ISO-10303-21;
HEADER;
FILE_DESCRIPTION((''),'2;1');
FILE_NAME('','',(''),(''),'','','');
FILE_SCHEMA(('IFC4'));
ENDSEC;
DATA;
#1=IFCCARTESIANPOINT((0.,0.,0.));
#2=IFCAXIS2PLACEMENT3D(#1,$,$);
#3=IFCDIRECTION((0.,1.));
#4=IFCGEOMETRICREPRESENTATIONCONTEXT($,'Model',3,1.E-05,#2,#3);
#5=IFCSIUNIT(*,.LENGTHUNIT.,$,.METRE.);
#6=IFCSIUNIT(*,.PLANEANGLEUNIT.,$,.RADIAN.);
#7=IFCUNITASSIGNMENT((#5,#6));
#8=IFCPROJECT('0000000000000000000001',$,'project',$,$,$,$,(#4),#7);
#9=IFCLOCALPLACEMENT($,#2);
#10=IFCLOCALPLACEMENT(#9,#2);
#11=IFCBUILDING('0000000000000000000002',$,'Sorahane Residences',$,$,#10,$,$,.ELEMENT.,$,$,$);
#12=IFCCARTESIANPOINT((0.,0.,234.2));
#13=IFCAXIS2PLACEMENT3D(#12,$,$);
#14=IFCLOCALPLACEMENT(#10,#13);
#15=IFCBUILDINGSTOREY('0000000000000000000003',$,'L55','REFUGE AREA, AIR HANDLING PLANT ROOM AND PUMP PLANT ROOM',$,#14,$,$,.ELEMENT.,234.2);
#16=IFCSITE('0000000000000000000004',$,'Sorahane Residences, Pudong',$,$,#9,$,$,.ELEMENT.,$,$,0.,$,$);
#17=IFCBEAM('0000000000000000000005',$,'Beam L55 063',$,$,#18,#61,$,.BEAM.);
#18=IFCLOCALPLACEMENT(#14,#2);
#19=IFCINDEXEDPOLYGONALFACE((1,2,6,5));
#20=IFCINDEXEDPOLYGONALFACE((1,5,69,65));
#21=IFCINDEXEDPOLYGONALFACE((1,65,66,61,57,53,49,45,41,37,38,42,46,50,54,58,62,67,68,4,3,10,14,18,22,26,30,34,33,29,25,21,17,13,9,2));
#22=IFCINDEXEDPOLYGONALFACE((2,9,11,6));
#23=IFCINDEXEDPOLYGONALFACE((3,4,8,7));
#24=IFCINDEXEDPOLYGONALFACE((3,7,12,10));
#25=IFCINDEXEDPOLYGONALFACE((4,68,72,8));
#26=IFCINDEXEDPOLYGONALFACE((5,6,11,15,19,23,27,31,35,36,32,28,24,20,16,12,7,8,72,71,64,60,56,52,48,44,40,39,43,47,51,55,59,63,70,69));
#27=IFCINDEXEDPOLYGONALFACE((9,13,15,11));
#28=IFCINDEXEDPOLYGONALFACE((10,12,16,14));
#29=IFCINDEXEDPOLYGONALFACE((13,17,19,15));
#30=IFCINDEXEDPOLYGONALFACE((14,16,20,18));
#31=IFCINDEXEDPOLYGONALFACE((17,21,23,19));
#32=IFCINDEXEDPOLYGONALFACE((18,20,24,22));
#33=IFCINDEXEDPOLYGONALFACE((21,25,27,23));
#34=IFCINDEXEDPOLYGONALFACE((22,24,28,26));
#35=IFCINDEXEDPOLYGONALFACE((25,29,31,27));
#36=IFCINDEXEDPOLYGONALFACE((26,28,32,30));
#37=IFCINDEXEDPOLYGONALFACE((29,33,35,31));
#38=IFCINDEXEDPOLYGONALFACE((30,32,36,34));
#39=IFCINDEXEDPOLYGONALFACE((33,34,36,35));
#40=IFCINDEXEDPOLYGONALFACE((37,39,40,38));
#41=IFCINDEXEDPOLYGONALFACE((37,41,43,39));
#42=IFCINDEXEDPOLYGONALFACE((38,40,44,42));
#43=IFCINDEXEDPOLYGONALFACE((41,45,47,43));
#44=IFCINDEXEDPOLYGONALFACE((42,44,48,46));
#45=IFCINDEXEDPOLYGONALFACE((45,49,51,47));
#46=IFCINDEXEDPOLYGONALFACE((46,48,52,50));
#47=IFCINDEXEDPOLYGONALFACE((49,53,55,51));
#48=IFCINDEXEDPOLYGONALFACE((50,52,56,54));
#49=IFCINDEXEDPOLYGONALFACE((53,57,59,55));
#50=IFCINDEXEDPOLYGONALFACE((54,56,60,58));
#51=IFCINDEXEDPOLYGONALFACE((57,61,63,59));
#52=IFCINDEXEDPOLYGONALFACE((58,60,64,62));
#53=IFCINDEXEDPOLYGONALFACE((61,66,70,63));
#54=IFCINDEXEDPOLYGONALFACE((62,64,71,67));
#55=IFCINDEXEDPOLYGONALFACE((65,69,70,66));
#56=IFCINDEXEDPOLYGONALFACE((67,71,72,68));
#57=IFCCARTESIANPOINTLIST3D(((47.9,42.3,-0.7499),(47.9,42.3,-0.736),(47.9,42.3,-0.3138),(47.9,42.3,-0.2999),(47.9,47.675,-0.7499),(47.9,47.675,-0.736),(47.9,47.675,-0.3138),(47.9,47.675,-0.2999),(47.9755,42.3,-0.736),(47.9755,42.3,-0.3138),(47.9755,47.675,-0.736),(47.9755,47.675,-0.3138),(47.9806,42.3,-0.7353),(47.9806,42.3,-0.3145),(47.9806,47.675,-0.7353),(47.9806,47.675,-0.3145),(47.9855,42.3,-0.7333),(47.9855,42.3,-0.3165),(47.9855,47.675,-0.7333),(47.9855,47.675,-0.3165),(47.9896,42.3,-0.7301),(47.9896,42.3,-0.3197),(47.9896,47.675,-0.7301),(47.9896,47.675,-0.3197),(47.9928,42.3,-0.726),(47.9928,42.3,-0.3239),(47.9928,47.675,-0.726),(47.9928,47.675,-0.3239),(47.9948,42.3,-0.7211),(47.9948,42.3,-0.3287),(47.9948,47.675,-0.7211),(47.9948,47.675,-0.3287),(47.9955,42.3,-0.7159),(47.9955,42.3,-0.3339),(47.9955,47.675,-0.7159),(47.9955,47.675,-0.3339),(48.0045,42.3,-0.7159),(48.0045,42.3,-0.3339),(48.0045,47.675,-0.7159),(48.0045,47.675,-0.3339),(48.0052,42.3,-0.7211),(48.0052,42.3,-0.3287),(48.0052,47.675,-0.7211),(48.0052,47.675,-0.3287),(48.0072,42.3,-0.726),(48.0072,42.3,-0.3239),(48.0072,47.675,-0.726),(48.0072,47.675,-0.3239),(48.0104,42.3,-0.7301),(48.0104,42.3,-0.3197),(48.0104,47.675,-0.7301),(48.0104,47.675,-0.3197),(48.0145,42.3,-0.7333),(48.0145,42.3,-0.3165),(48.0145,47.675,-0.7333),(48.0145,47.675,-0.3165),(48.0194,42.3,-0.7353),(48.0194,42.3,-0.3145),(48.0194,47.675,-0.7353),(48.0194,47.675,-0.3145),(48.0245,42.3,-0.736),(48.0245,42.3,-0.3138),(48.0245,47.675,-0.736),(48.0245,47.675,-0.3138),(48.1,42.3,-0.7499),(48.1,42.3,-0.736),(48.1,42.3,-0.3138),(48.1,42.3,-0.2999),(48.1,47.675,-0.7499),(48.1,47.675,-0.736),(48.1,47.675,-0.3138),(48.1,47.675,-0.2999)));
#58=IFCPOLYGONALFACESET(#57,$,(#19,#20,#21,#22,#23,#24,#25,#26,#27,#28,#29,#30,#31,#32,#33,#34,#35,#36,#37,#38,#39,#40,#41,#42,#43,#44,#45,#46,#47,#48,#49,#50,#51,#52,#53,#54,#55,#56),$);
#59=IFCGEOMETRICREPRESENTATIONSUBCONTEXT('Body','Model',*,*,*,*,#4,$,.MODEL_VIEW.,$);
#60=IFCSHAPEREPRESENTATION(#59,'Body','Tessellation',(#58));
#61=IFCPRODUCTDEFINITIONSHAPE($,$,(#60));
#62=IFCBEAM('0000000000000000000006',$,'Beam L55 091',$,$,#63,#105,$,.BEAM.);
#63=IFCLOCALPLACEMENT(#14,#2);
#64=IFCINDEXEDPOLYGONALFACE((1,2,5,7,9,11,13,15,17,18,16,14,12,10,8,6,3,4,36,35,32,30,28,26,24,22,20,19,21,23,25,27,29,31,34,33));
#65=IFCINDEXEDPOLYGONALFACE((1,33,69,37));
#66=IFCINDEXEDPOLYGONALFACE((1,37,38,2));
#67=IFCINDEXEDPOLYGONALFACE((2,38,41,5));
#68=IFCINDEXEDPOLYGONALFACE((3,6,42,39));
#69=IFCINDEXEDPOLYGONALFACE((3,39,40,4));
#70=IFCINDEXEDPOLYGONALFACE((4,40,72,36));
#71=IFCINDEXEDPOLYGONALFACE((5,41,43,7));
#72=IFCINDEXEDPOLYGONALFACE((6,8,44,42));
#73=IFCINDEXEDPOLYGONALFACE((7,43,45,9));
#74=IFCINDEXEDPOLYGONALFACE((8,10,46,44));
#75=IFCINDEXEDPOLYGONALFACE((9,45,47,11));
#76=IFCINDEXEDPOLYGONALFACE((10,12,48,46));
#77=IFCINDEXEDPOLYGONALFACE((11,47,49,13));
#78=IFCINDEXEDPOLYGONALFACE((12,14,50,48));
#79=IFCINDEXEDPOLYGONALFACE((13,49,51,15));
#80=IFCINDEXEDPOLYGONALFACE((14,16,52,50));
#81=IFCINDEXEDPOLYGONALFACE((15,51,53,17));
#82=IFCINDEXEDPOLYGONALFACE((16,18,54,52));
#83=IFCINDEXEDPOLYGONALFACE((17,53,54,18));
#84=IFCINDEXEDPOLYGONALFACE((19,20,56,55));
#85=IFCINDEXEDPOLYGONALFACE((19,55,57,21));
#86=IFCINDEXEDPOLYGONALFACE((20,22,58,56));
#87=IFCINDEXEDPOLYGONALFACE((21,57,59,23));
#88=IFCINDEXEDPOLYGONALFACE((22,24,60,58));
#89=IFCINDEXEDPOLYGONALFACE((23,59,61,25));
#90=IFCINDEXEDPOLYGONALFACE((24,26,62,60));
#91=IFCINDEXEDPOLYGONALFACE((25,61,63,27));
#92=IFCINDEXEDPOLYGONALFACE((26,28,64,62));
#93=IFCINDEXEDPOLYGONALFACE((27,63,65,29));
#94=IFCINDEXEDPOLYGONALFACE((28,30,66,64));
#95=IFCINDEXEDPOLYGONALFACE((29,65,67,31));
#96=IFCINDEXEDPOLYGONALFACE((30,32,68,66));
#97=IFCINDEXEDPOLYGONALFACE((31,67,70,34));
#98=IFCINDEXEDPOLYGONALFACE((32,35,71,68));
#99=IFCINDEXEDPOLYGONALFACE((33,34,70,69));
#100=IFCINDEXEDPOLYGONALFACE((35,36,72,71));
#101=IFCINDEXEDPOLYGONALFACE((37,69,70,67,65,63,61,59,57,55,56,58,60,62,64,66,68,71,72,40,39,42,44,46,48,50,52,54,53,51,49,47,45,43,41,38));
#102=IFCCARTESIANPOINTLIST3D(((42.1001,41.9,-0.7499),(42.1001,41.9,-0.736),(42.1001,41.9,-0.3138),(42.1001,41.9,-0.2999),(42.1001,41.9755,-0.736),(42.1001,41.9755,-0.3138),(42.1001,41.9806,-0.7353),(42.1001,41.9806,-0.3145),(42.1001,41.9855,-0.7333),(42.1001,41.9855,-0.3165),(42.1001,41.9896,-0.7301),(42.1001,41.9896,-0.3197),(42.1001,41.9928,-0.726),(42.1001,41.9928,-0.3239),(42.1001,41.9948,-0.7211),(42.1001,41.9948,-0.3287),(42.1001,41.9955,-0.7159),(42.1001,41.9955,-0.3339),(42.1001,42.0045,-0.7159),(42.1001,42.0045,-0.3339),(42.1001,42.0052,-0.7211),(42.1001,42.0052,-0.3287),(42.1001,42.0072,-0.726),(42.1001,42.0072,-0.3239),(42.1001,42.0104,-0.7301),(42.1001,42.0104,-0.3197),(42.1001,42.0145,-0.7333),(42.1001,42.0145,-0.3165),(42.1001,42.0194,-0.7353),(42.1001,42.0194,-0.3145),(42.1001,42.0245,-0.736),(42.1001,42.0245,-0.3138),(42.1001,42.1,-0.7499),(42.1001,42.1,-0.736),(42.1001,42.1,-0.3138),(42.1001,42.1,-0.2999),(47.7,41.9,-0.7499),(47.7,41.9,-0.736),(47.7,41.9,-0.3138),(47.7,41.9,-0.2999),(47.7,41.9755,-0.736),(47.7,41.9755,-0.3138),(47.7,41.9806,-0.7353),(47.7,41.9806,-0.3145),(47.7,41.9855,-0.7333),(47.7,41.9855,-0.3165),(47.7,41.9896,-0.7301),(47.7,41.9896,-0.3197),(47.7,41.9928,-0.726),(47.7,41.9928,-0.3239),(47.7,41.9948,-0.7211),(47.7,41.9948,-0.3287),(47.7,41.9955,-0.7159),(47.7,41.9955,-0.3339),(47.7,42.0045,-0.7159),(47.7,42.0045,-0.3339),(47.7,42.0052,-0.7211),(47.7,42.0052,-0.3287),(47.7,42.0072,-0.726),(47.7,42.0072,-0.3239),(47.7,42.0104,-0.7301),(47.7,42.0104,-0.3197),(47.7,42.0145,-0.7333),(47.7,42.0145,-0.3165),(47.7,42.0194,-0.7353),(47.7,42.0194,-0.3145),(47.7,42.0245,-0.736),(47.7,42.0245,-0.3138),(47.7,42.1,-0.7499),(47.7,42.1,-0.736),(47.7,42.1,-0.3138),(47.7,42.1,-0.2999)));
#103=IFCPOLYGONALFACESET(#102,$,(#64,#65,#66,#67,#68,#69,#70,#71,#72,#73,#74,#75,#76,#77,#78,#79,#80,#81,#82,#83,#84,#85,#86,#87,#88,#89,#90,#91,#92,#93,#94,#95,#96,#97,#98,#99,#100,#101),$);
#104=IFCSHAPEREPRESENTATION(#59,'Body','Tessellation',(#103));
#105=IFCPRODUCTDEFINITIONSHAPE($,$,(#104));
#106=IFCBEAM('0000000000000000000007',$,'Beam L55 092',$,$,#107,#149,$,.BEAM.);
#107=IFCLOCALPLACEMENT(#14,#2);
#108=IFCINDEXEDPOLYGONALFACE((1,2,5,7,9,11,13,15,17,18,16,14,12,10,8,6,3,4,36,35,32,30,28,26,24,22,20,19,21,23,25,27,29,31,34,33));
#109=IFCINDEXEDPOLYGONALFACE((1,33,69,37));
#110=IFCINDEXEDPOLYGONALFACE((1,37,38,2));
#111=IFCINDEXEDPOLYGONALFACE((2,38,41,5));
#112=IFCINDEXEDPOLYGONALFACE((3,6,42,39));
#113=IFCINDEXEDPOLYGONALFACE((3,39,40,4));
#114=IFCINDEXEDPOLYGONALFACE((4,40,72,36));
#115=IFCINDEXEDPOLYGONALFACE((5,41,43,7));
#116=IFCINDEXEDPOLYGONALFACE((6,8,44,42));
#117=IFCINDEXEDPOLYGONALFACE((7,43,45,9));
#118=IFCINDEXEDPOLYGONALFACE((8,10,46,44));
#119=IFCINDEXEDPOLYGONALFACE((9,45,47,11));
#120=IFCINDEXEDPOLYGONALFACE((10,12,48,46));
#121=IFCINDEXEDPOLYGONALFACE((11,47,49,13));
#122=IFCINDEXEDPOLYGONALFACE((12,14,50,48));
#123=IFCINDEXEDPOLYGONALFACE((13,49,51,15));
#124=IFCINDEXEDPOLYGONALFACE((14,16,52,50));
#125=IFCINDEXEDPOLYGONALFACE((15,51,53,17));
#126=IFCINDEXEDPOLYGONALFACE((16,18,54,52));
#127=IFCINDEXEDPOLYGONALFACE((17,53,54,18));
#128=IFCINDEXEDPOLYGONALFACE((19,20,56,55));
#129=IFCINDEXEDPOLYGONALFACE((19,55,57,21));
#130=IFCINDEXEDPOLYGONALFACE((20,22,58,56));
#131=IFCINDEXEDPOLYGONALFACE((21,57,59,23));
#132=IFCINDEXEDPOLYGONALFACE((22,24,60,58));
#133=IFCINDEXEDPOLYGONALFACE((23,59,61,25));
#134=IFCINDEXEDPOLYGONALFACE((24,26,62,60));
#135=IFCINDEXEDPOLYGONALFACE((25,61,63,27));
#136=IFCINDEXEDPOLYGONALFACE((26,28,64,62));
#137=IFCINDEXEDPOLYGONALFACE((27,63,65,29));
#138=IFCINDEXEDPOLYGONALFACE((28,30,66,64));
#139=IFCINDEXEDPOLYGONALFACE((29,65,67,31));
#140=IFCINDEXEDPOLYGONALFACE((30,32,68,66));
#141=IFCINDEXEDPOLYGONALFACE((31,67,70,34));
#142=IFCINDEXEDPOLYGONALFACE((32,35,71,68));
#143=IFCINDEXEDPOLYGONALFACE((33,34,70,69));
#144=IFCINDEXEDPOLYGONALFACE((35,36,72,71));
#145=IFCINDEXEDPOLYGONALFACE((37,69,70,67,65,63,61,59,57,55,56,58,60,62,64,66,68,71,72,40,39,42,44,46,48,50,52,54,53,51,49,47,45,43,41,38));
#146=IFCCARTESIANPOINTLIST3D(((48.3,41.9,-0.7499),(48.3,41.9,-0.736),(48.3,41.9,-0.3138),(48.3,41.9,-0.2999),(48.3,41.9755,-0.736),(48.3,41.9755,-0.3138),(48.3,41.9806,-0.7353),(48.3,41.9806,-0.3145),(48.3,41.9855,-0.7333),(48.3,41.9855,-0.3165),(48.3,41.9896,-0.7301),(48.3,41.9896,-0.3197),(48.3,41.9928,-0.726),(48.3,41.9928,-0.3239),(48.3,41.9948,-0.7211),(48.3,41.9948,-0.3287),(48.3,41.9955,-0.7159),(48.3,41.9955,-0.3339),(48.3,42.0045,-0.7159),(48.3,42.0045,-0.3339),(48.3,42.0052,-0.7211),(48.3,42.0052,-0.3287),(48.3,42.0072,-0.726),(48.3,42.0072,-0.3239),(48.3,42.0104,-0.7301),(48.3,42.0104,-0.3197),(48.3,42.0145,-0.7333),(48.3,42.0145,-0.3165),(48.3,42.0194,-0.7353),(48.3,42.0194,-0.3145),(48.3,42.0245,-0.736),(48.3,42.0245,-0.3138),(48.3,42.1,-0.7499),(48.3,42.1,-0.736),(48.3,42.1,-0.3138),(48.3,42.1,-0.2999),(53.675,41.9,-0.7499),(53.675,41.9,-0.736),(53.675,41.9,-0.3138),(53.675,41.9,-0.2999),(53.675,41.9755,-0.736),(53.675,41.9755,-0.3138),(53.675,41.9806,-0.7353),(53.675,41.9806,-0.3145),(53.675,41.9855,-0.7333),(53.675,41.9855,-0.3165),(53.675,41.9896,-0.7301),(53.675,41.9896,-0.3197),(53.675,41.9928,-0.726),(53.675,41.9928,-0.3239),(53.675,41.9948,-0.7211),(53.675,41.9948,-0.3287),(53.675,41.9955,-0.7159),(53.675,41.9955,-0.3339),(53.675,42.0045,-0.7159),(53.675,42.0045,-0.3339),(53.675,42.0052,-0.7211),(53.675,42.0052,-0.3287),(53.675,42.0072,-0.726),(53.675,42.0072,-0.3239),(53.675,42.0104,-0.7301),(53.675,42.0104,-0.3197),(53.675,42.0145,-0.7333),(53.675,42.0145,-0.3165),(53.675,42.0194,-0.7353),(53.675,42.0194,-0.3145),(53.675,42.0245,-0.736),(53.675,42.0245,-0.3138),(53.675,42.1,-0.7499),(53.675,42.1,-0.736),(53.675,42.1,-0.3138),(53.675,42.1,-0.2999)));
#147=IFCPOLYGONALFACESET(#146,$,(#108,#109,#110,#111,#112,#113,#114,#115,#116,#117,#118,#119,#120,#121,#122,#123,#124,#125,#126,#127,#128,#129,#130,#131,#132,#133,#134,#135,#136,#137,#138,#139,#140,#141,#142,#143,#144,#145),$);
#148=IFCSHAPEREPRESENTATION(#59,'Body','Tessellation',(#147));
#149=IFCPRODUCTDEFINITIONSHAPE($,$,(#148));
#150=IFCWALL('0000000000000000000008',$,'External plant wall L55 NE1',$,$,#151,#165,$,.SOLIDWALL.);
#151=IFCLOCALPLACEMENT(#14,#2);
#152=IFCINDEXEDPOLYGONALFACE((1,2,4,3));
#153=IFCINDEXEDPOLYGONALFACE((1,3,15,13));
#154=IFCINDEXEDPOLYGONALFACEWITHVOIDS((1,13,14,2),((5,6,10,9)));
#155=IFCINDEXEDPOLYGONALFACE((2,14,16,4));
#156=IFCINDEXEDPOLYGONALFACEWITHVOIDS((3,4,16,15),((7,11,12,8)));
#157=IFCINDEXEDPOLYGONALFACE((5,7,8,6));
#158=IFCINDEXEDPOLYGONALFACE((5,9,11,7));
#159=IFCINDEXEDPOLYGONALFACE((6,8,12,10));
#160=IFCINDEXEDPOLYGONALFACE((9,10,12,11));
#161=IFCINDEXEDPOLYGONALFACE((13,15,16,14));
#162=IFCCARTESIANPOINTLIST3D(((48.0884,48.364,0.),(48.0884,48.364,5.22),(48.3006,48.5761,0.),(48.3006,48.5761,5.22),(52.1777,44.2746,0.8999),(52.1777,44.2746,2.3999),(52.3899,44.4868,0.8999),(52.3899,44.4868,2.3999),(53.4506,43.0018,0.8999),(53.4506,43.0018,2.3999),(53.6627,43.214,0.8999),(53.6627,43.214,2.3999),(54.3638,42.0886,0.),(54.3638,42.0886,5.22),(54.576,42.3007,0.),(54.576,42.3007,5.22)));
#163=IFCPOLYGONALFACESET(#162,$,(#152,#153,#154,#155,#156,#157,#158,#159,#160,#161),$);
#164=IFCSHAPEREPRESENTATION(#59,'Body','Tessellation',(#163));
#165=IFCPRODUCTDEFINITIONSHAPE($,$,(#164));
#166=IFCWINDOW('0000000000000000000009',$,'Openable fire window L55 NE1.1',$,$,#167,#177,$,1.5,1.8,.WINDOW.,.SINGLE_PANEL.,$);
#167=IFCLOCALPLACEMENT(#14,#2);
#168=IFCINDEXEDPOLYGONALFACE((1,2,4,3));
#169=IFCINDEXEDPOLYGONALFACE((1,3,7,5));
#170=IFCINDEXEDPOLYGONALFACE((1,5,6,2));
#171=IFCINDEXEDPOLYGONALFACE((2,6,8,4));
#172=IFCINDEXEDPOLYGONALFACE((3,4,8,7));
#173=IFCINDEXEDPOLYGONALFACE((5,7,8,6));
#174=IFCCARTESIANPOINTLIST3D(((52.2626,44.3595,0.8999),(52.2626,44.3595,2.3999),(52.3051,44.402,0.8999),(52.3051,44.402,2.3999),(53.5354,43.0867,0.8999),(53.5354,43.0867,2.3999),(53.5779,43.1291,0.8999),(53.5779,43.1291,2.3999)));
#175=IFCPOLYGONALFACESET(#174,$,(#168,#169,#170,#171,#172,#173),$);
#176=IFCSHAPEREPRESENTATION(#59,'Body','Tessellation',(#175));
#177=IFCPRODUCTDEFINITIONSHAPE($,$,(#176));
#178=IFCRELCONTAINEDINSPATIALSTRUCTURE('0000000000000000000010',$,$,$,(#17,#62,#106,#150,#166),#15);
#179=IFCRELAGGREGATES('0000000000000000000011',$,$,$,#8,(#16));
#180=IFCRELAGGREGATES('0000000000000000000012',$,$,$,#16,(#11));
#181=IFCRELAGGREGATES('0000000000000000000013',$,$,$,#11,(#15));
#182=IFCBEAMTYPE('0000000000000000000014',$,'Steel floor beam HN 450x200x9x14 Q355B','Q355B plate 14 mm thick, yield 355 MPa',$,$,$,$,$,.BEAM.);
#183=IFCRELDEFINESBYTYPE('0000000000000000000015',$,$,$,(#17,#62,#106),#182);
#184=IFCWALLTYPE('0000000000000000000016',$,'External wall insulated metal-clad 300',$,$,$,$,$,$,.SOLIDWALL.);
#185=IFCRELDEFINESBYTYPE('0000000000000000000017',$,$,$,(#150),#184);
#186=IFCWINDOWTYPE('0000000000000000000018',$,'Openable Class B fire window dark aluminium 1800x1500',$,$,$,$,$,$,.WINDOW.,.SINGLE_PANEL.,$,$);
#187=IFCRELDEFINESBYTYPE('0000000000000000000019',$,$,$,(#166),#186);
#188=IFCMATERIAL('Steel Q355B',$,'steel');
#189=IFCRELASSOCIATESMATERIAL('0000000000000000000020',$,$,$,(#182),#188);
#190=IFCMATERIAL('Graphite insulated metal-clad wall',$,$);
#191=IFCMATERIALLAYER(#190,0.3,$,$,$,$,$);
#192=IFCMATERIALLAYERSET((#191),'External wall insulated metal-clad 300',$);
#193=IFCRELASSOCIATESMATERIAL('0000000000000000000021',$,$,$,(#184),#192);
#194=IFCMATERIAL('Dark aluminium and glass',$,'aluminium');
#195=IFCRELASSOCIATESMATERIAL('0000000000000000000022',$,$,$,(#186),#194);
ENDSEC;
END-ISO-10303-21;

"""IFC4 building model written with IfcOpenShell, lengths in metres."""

from ifc_helpers import new_model, si_unit, direction, frame, frame_2d, origin, origin_2d, place, context, subcontext, project, spatial, rectangle, i_section, extrude, material, layer, layer_set, material_profile, profile_set, type_object, element, fill, save


model = new_model("IFC4")

# Units and contexts
model_context = context("Model", 3, precision=1e-05, world=origin(), true_north=direction((0.0, 1.0)))
body_context = subcontext(model_context, "Body", "Model", "MODEL_VIEW")
ifc_project = project(units=[si_unit("LENGTHUNIT", "METRE"), si_unit("PLANEANGLEUNIT", "RADIAN")], contexts=[model_context])

# Site, building, storey
site_placement = place(None, origin())
site = spatial("IfcSite", under=ifc_project, at=site_placement, Name="Sorahane Residences, Pudong", CompositionType="ELEMENT", RefElevation=0.0)
building_placement = place(site_placement, origin())
building = spatial("IfcBuilding", under=site, at=building_placement, Name="Sorahane Residences", CompositionType="ELEMENT")
storey_placement = place(building_placement, frame((0.0, 0.0, 234.2)))
storey = spatial("IfcBuildingStorey", under=building, at=storey_placement, Name="L55", Description="REFUGE AREA, AIR HANDLING PLANT ROOM AND PUMP PLANT ROOM", CompositionType="ELEMENT", Elevation=234.2)

# Beams
ifc_material_1 = material(Name="Steel Q355B", Category="steel")
ifc_material_profile_1 = material_profile(ifc_material_1, i_section(OverallWidth=0.2, OverallDepth=0.45, WebThickness=0.009, FlangeThickness=0.0139, FilletRadius=0.02, at=origin_2d()), Name="HN 450x200x9x14")
ifc_profile_set_1 = profile_set([ifc_material_profile_1], Name="Steel Q355B")
beam_type = type_object("IfcBeamType", Name="Steel floor beam HN 450x200x9x14 Q355B", Description="Q355B plate 14 mm thick, yield 355 MPa", PredefinedType="BEAM", material=ifc_profile_set_1)
beam_1_placement = place(storey_placement, frame((48.0, 42.3, -0.5249), z_axis=(0.0, 1.0, 0.0), x_axis=(-1.0, 0.0, 0.0)))
element("IfcBeam", 1, at=beam_1_placement, inside=storey, type_object=beam_type, Name="Beam L55 063", PredefinedType="BEAM", context=body_context, shape_type="SweptSolid", body=[
    extrude(i_section(OverallWidth=0.2, OverallDepth=0.45, WebThickness=0.009, FlangeThickness=0.0139, FilletRadius=0.02, at=origin_2d()), origin(), (0.0, 0.0, 1.0), 5.375),
])
beam_2_placement = place(storey_placement, frame((42.1001, 42.0, -0.5249), z_axis=(1.0, 0.0, 0.0), x_axis=(0.0, 1.0, 0.0)))
element("IfcBeam", 2, at=beam_2_placement, inside=storey, type_object=beam_type, Name="Beam L55 091", PredefinedType="BEAM", context=body_context, shape_type="SweptSolid", body=[
    extrude(i_section(OverallWidth=0.2, OverallDepth=0.45, WebThickness=0.009, FlangeThickness=0.0139, FilletRadius=0.02, at=origin_2d()), origin(), (0.0, 0.0, 1.0), 5.5999),
])
beam_3_placement = place(storey_placement, frame((48.3, 42.0, -0.5249), z_axis=(1.0, 0.0, 0.0), x_axis=(0.0, 1.0, 0.0)))
element("IfcBeam", 3, at=beam_3_placement, inside=storey, type_object=beam_type, Name="Beam L55 092", PredefinedType="BEAM", context=body_context, shape_type="SweptSolid", body=[
    extrude(i_section(OverallWidth=0.2, OverallDepth=0.45, WebThickness=0.009, FlangeThickness=0.0139, FilletRadius=0.02, at=origin_2d()), origin(), (0.0, 0.0, 1.0), 5.375),
])

# Wall, opening, window
ifc_material_2 = material(Name="Graphite insulated metal-clad wall")
ifc_layer_1 = layer(ifc_material_2, 0.3)
ifc_layer_set_1 = layer_set([ifc_layer_1], Name="External wall insulated metal-clad 300")
wall_type_1 = type_object("IfcWallType", Name="External wall insulated metal-clad 300", PredefinedType="SOLIDWALL", material=ifc_layer_set_1)
wall_1_placement = place(storey_placement, frame((54.47, 42.1946, 0.0), z_axis=(0.0, 0.0, 1.0), x_axis=(-0.707107, 0.707107, 0.0)))
wall_1 = element("IfcWall", 4, at=wall_1_placement, inside=storey, type_object=wall_type_1, Name="External plant wall L55 NE1", PredefinedType="SOLIDWALL", context=body_context, shape_type="SweptSolid", body=[
    extrude(rectangle(XDim=8.8748, YDim=0.3, at=frame_2d((4.4375, 0.0))), origin(), (0.0, 0.0, 1.0), 5.22),
])
opening_1_placement = place(wall_1_placement, frame((1.2917, 0.0, 0.8999)))
opening_1 = element("IfcOpeningElement", 5, at=opening_1_placement, cuts=wall_1, PredefinedType="OPENING", context=body_context, shape_type="SweptSolid", body=[
    extrude(rectangle(XDim=1.8, YDim=1.5, at=frame_2d((0.8999, 0.75))), frame((0.0, 0.1599, 0.0), z_axis=(0.0, -1.0, 0.0), x_axis=(1.0, 0.0, 0.0)), (0.0, 0.0, 1.0), 0.3201),
])
ifc_material_3 = material(Name="Dark aluminium and glass", Category="aluminium")
window_type = type_object("IfcWindowType", Name="Openable Class B fire window dark aluminium 1800x1500", PartitioningType="SINGLE_PANEL", PredefinedType="WINDOW", material=ifc_material_3)
window_1_placement = place(opening_1_placement, origin())
window_1 = element("IfcWindow", 6, at=window_1_placement, inside=storey, type_object=window_type, Name="Openable fire window L55 NE1.1", OverallHeight=1.5, OverallWidth=1.8, PartitioningType="SINGLE_PANEL", PredefinedType="WINDOW", context=body_context, shape_type="SweptSolid", body=[
    extrude(rectangle(XDim=1.8, YDim=1.5, at=frame_2d((0.8999, 0.75))), frame((0.0, 0.03, 0.0), z_axis=(0.0, -1.0, 0.0), x_axis=(1.0, 0.0, 0.0)), (0.0, 0.0, 1.0), 0.0601),
])
fill(opening_1, window_1)

save(model, "model.ifc")
